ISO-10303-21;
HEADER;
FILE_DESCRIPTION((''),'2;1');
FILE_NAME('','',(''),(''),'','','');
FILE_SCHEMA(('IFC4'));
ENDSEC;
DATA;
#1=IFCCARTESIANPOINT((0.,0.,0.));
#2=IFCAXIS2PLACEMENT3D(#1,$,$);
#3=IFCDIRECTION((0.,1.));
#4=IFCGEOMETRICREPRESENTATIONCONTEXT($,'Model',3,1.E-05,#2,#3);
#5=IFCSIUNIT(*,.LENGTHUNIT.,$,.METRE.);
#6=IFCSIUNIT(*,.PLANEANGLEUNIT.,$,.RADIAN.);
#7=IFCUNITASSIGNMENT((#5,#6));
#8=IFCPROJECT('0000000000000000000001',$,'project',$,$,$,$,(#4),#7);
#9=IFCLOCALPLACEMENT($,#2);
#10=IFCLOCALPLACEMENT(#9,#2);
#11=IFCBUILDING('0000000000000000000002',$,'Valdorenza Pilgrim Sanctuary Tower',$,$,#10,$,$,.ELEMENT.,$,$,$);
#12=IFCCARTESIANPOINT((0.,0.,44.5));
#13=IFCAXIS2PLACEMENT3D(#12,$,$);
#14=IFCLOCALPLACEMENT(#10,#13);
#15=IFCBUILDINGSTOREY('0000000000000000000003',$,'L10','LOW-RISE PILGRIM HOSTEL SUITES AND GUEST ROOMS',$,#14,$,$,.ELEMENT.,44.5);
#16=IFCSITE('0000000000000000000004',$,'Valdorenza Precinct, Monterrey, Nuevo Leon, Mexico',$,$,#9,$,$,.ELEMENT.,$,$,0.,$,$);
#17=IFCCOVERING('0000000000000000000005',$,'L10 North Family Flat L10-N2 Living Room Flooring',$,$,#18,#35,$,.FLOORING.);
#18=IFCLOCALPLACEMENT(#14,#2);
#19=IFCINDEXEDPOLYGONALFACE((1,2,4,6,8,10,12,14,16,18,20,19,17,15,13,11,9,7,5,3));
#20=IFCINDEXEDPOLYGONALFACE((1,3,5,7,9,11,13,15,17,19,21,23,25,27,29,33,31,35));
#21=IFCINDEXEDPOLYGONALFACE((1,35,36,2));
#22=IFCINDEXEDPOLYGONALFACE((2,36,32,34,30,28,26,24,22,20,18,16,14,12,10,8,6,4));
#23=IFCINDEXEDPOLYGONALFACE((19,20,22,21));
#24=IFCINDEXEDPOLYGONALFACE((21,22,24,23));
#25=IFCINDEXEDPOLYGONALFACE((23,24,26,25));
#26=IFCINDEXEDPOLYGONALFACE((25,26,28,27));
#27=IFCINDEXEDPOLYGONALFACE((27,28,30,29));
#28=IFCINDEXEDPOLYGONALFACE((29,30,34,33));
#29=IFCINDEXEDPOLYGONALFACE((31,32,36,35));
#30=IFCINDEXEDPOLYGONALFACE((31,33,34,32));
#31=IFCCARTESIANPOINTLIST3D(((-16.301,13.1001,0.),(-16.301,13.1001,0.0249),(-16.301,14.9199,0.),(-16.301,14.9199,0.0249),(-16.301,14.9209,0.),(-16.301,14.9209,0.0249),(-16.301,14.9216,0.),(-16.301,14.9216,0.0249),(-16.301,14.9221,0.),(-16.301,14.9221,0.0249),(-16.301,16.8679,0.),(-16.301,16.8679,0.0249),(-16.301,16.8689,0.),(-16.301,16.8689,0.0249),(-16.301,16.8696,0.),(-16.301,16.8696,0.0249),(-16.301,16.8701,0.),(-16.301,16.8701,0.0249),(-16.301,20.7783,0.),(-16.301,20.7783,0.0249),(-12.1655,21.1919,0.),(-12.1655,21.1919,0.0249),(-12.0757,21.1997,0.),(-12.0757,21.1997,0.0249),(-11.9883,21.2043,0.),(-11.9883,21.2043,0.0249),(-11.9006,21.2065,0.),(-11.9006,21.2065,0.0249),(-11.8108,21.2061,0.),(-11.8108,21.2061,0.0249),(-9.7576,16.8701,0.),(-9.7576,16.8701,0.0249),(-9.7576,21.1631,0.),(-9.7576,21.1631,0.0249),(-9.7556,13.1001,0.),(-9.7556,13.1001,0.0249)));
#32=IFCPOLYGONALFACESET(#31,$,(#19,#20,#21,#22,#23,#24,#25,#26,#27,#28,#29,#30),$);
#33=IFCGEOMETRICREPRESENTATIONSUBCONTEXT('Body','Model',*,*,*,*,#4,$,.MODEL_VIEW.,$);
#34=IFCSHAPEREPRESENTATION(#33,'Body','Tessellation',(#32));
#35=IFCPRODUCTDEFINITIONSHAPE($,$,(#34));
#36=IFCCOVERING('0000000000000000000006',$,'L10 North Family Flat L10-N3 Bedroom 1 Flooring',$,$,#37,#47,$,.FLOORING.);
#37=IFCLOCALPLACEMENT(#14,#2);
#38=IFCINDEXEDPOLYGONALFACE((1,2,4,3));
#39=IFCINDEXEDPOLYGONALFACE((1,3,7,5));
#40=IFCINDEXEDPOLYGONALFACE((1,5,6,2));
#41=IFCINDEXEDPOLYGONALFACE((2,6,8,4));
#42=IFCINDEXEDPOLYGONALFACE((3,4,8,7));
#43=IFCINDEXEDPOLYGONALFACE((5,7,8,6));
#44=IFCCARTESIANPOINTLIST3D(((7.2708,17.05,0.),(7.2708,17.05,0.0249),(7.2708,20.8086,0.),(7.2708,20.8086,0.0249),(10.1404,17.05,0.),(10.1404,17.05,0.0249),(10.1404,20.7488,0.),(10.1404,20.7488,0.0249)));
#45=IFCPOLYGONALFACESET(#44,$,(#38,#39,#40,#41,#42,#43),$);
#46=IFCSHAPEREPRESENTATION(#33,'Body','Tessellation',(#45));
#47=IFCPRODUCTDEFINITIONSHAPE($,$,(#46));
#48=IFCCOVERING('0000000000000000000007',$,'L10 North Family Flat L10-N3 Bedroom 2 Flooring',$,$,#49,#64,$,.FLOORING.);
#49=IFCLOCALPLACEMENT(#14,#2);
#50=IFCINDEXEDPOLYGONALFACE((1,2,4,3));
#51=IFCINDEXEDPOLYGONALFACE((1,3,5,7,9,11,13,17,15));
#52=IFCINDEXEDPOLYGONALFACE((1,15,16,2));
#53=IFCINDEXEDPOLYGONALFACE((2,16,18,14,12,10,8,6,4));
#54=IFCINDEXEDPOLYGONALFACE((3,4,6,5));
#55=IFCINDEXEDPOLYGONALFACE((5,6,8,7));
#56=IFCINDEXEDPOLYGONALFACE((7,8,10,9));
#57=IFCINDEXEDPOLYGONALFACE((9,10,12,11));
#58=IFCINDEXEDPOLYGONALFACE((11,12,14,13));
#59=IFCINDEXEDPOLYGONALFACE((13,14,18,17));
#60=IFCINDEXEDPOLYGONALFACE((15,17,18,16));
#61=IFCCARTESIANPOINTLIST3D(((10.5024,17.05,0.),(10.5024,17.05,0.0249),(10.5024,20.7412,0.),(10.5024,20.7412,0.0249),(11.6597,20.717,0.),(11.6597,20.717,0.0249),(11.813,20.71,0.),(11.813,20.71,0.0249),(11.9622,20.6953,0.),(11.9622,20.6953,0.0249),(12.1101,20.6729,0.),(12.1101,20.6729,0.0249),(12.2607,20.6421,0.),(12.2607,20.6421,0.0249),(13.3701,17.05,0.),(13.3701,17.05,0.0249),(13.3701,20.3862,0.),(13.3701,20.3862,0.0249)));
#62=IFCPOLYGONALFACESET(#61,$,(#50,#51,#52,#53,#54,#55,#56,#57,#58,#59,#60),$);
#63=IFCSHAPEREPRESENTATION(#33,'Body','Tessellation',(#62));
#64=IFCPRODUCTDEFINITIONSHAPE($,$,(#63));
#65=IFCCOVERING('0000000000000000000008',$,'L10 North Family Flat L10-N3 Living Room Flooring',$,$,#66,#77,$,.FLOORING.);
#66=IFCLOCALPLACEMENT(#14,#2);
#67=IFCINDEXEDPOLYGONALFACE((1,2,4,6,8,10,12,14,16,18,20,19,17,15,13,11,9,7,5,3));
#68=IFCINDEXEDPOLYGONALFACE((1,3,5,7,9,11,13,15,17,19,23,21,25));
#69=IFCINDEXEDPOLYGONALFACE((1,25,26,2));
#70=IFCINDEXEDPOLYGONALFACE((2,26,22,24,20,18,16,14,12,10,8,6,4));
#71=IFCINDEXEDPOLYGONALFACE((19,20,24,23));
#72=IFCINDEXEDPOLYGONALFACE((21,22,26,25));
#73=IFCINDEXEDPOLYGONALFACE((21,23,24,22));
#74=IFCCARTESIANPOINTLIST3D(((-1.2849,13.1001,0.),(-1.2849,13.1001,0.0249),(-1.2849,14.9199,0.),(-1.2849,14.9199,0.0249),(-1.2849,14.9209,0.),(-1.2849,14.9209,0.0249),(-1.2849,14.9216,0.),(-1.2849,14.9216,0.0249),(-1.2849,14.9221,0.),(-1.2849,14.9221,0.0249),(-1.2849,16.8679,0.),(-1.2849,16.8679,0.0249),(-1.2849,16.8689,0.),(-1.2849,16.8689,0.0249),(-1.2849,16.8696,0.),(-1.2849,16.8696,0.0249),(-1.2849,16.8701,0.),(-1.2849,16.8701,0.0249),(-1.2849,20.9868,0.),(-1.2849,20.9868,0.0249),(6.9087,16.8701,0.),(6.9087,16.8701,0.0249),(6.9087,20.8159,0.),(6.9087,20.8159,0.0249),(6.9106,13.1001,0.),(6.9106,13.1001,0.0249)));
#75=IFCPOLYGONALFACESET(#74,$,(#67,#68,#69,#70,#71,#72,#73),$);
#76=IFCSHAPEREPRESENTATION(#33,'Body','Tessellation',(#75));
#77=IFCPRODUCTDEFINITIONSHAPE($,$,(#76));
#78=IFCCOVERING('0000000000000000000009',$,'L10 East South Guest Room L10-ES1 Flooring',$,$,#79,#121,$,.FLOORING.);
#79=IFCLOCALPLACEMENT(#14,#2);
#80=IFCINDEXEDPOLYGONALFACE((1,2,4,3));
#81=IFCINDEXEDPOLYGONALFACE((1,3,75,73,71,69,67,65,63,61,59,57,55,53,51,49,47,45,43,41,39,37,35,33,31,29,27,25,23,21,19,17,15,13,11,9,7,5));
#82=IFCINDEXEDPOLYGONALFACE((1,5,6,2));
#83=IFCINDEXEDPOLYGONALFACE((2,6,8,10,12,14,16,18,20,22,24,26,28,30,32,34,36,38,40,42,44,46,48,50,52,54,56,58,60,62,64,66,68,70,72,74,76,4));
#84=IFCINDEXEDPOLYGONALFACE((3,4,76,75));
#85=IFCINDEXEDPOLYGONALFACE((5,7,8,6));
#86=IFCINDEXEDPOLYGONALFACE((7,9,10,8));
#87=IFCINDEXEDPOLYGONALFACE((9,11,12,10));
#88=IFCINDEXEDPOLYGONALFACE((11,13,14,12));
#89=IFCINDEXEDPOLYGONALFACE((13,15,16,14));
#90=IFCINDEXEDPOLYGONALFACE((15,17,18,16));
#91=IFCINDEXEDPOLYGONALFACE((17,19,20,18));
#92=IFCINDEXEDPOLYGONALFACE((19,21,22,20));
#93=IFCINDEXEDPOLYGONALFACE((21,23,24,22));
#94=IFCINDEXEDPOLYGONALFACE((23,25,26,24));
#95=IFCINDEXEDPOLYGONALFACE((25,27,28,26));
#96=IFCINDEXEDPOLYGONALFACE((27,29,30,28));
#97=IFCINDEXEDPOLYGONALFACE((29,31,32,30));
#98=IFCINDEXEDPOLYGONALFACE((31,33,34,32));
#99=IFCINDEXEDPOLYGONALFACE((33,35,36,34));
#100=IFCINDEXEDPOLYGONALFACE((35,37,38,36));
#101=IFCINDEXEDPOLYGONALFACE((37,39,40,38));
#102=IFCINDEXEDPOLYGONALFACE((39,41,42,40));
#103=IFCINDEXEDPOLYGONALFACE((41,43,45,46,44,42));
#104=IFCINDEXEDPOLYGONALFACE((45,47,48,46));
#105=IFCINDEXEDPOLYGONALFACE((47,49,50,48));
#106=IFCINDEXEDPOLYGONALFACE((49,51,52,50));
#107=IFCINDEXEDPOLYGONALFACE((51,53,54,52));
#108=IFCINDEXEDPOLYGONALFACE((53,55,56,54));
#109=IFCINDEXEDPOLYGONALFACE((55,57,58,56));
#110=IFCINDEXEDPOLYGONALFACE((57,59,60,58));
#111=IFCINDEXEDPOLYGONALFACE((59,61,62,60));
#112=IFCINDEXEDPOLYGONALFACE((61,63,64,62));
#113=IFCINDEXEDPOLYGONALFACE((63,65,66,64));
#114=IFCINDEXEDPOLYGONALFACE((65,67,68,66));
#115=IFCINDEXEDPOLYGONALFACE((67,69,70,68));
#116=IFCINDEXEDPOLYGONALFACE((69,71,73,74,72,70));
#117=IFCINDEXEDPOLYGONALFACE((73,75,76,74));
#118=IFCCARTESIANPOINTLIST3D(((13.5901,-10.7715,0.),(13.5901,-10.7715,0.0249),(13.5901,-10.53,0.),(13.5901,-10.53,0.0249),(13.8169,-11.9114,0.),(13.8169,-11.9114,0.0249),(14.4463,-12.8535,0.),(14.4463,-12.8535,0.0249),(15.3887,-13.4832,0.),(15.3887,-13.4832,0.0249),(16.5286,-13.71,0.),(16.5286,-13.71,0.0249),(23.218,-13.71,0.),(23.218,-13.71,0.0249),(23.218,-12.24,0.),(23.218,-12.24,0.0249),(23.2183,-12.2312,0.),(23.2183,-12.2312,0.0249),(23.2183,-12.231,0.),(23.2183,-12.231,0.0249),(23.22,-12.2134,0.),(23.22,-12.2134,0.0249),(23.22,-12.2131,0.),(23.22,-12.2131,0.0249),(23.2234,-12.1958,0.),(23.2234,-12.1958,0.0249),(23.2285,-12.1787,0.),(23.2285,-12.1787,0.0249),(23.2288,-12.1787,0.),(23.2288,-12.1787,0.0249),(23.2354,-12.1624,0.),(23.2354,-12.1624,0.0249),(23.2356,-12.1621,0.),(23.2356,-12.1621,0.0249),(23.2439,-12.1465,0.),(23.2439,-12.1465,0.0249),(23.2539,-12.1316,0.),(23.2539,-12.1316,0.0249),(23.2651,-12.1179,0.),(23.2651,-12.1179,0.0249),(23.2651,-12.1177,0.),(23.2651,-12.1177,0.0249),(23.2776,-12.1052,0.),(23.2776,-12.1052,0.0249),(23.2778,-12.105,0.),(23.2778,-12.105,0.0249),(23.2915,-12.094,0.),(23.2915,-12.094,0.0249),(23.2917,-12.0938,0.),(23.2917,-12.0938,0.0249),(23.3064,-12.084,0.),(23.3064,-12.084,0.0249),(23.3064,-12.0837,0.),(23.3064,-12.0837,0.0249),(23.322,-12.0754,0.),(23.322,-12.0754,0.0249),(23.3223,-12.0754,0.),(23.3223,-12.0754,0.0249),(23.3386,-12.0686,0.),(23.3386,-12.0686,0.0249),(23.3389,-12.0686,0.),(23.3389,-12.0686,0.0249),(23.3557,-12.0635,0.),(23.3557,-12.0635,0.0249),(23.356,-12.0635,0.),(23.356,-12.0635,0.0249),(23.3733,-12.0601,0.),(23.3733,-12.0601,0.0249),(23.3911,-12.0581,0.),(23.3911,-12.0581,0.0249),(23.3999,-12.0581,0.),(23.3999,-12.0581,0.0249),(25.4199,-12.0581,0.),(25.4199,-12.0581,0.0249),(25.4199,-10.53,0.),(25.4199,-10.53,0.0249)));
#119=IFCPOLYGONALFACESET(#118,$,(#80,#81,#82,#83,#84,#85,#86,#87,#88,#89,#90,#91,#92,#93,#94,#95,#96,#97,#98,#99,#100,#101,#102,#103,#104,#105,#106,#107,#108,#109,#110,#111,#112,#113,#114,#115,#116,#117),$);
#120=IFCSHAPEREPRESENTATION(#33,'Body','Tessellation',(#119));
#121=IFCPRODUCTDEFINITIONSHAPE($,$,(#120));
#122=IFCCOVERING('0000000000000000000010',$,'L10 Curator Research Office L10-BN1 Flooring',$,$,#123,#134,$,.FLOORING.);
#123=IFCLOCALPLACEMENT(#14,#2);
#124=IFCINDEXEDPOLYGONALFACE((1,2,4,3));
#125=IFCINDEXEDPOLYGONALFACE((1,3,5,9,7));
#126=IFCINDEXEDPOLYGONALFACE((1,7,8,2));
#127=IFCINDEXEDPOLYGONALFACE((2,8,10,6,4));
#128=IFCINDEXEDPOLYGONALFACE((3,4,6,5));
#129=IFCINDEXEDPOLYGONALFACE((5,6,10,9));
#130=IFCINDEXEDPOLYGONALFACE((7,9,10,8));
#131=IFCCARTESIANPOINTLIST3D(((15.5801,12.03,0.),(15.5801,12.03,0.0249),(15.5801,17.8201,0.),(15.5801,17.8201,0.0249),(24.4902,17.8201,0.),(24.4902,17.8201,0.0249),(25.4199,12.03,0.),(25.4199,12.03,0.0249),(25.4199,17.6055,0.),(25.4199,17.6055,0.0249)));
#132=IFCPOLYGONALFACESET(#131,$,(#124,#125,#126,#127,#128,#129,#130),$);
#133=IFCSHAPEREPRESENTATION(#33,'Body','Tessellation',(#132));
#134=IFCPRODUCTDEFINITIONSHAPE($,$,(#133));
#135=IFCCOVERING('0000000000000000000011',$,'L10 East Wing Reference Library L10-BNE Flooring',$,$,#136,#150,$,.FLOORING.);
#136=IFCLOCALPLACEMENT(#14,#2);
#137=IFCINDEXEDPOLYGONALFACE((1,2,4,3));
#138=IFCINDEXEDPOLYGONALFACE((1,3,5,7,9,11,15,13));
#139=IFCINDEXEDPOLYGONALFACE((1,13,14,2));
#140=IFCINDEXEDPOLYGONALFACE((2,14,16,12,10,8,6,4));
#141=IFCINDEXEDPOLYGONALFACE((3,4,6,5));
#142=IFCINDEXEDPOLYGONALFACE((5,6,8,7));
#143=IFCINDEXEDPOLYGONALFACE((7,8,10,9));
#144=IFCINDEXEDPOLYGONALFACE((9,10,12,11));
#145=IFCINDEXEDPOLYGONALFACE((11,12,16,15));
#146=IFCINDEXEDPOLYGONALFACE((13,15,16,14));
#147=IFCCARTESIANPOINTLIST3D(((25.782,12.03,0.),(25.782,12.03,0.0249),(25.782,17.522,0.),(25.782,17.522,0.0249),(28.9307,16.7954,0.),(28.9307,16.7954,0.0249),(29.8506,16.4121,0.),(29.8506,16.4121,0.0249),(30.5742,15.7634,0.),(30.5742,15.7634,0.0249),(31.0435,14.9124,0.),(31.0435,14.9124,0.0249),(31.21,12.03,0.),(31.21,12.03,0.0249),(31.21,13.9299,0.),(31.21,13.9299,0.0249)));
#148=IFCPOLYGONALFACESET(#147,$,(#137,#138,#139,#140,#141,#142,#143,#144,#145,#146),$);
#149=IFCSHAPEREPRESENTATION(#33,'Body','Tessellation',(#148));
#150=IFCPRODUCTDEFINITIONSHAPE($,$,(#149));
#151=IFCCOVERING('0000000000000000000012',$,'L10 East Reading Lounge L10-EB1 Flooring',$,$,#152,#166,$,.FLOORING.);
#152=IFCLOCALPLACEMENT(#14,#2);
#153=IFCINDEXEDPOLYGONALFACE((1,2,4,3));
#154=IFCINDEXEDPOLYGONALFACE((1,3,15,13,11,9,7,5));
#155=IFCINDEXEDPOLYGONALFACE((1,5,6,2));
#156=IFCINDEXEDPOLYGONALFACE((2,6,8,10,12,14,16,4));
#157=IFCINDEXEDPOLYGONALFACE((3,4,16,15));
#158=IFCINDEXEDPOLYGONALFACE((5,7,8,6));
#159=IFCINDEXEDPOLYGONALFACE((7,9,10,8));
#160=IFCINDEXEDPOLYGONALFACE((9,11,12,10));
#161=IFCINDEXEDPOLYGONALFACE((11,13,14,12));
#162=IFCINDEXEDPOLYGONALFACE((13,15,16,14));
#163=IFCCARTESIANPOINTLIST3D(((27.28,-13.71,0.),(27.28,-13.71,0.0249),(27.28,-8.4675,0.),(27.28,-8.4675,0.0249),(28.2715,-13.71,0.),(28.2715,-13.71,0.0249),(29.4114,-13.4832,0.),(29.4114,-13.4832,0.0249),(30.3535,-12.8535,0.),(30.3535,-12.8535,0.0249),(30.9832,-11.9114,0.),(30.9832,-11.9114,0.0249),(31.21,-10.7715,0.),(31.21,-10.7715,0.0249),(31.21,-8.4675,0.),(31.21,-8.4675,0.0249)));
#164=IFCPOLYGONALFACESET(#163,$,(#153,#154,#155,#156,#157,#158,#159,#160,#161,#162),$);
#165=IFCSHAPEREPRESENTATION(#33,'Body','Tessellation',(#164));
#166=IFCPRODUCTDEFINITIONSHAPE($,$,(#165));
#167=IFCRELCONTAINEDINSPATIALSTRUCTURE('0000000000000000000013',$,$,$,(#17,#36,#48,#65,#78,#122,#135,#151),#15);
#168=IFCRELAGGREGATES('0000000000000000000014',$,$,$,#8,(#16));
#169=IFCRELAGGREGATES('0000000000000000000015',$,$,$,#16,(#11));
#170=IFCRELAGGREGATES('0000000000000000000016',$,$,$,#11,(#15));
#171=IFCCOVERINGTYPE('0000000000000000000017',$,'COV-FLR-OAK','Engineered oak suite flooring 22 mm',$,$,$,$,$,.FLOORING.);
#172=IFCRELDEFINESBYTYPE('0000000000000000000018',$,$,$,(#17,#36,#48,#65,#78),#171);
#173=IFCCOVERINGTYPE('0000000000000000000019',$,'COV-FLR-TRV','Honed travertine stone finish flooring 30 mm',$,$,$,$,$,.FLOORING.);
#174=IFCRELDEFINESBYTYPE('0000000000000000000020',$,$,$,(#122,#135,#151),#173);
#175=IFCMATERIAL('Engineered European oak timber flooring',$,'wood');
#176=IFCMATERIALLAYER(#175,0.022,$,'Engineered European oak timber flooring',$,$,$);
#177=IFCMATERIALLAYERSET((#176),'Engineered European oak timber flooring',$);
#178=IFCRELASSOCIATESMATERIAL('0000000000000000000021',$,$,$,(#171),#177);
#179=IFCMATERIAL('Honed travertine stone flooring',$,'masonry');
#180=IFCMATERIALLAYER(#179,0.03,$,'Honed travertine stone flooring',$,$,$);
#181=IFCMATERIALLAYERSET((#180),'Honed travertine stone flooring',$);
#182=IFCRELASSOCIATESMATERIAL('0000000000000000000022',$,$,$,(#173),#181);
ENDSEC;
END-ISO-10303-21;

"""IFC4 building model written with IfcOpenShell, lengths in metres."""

from ifc_helpers import new_model, si_unit, direction, frame, origin, place, context, subcontext, project, spatial, polyline, outline, extrude, material, layer, layer_set, type_object, element, save


model = new_model("IFC4")

# Units and contexts
model_context = context("Model", 3, precision=1e-05, world=origin(), true_north=direction((0.0, 1.0)))
body_context = subcontext(model_context, "Body", "Model", "MODEL_VIEW")
ifc_project = project(units=[si_unit("LENGTHUNIT", "METRE"), si_unit("PLANEANGLEUNIT", "RADIAN")], contexts=[model_context])

# Site, building, storey
site_placement = place(None, origin())
site = spatial("IfcSite", under=ifc_project, at=site_placement, Name="Valdorenza Precinct, Monterrey, Nuevo Leon, Mexico", CompositionType="ELEMENT", RefElevation=0.0)
building_placement = place(site_placement, origin())
building = spatial("IfcBuilding", under=site, at=building_placement, Name="Valdorenza Pilgrim Sanctuary Tower", CompositionType="ELEMENT")
storey_placement = place(building_placement, frame((0.0, 0.0, 44.5)))
storey = spatial("IfcBuildingStorey", under=building, at=storey_placement, Name="L10", Description="LOW-RISE PILGRIM HOSTEL SUITES AND GUEST ROOMS", CompositionType="ELEMENT", Elevation=44.5)

# Coverings
ifc_material_1 = material(Name="Engineered European oak timber flooring", Category="wood")
ifc_layer_1 = layer(ifc_material_1, 0.022, Name="Engineered European oak timber flooring")
ifc_layer_set_1 = layer_set([ifc_layer_1], Name="Engineered European oak timber flooring")
covering_type_1 = type_object("IfcCoveringType", Name="COV-FLR-OAK", Description="Engineered oak suite flooring 22 mm", PredefinedType="FLOORING", material=ifc_layer_set_1)
covering_1_placement = place(storey_placement, origin())
element("IfcCovering", 1, at=covering_1_placement, inside=storey, type_object=covering_type_1, Name="L10 North Family Flat L10-N2 Living Room Flooring", PredefinedType="FLOORING", context=body_context, shape_type="SweptSolid", body=[
    extrude(outline(polyline([(-16.301, 14.9216), (-16.301, 14.9221), (-16.301, 16.8679), (-16.301, 16.8689), (-16.301, 16.8696), (-16.301, 16.8701), (-16.301, 20.7783), (-12.1655, 21.1919), (-12.0757, 21.1997), (-11.9883, 21.2043), (-11.9006, 21.2065), (-11.8108, 21.2061), (-9.7576, 21.1631), (-9.7576, 16.8701), (-9.7556, 13.1001), (-16.301, 13.1001), (-16.301, 14.9199), (-16.301, 14.9209), (-16.301, 14.9216)])), origin(), (0.0, 0.0, 1.0), 0.0249),
])
covering_2_placement = place(storey_placement, origin())
element("IfcCovering", 2, at=covering_2_placement, inside=storey, type_object=covering_type_1, Name="L10 North Family Flat L10-N3 Bedroom 1 Flooring", PredefinedType="FLOORING", context=body_context, shape_type="SweptSolid", body=[
    extrude(outline(polyline([(7.2708, 17.05), (7.2708, 20.8086), (10.1404, 20.7488), (10.1404, 17.05), (7.2708, 17.05)])), origin(), (0.0, 0.0, 1.0), 0.0249),
])
covering_3_placement = place(storey_placement, origin())
element("IfcCovering", 3, at=covering_3_placement, inside=storey, type_object=covering_type_1, Name="L10 North Family Flat L10-N3 Bedroom 2 Flooring", PredefinedType="FLOORING", context=body_context, shape_type="SweptSolid", body=[
    extrude(outline(polyline([(10.5024, 17.05), (10.5024, 20.7412), (11.6597, 20.717), (11.813, 20.71), (11.9622, 20.6953), (12.1101, 20.6729), (12.2607, 20.6421), (13.3701, 20.3862), (13.3701, 17.05), (10.5024, 17.05)])), origin(), (0.0, 0.0, 1.0), 0.0249),
])
covering_4_placement = place(storey_placement, origin())
element("IfcCovering", 4, at=covering_4_placement, inside=storey, type_object=covering_type_1, Name="L10 North Family Flat L10-N3 Living Room Flooring", PredefinedType="FLOORING", context=body_context, shape_type="SweptSolid", body=[
    extrude(outline(polyline([(-1.2849, 14.9216), (-1.2849, 14.9221), (-1.2849, 16.8679), (-1.2849, 16.8689), (-1.2849, 16.8696), (-1.2849, 16.8701), (-1.2849, 20.9868), (6.9087, 20.8159), (6.9087, 16.8701), (6.9106, 13.1001), (-1.2849, 13.1001), (-1.2849, 14.9199), (-1.2849, 14.9209), (-1.2849, 14.9216)])), origin(), (0.0, 0.0, 1.0), 0.0249),
])
covering_5_placement = place(storey_placement, origin())
element("IfcCovering", 5, at=covering_5_placement, inside=storey, type_object=covering_type_1, Name="L10 East South Guest Room L10-ES1 Flooring", PredefinedType="FLOORING", context=body_context, shape_type="SweptSolid", body=[
    extrude(outline(polyline([(25.4199, -10.53), (25.4199, -12.0581), (23.3999, -12.0581), (23.3911, -12.0581), (23.3911, -12.0581), (23.3733, -12.0601), (23.3733, -12.0601), (23.356, -12.0635), (23.3557, -12.0635), (23.3389, -12.0686), (23.3386, -12.0686), (23.3223, -12.0754), (23.322, -12.0754), (23.3064, -12.0837), (23.3064, -12.084), (23.2917, -12.0938), (23.2915, -12.094), (23.2778, -12.105), (23.2776, -12.1052), (23.2651, -12.1177), (23.2651, -12.1179), (23.2539, -12.1316), (23.2539, -12.1316), (23.2439, -12.1465), (23.2439, -12.1465), (23.2356, -12.1621), (23.2354, -12.1624), (23.2288, -12.1787), (23.2285, -12.1787), (23.2234, -12.1958), (23.2234, -12.1958), (23.22, -12.2131), (23.22, -12.2134), (23.2183, -12.231), (23.2183, -12.2312), (23.218, -12.24), (23.218, -13.71), (16.5286, -13.71), (15.3887, -13.4832), (14.4463, -12.8535), (13.8169, -11.9114), (13.5901, -10.7715), (13.5901, -10.53), (25.4199, -10.53)])), origin(), (0.0, 0.0, 1.0), 0.0249),
])
ifc_material_2 = material(Name="Honed travertine stone flooring", Category="masonry")
ifc_layer_2 = layer(ifc_material_2, 0.03, Name="Honed travertine stone flooring")
ifc_layer_set_2 = layer_set([ifc_layer_2], Name="Honed travertine stone flooring")
covering_type_2 = type_object("IfcCoveringType", Name="COV-FLR-TRV", Description="Honed travertine stone finish flooring 30 mm", PredefinedType="FLOORING", material=ifc_layer_set_2)
covering_6_placement = place(storey_placement, origin())
element("IfcCovering", 6, at=covering_6_placement, inside=storey, type_object=covering_type_2, Name="L10 Curator Research Office L10-BN1 Flooring", PredefinedType="FLOORING", context=body_context, shape_type="SweptSolid", body=[
    extrude(outline(polyline([(15.5801, 12.03), (15.5801, 17.8201), (24.4902, 17.8201), (25.4199, 17.6055), (25.4199, 12.03), (15.5801, 12.03)])), origin(), (0.0, 0.0, 1.0), 0.0249),
])
covering_7_placement = place(storey_placement, origin())
element("IfcCovering", 7, at=covering_7_placement, inside=storey, type_object=covering_type_2, Name="L10 East Wing Reference Library L10-BNE Flooring", PredefinedType="FLOORING", context=body_context, shape_type="SweptSolid", body=[
    extrude(outline(polyline([(28.9307, 16.7954), (29.8506, 16.4121), (30.5742, 15.7634), (31.0435, 14.9124), (31.21, 13.9299), (31.21, 12.03), (25.782, 12.03), (25.782, 17.522), (28.9307, 16.7954)])), origin(), (0.0, 0.0, 1.0), 0.0249),
])
covering_8_placement = place(storey_placement, origin())
element("IfcCovering", 8, at=covering_8_placement, inside=storey, type_object=covering_type_2, Name="L10 East Reading Lounge L10-EB1 Flooring", PredefinedType="FLOORING", context=body_context, shape_type="SweptSolid", body=[
    extrude(outline(polyline([(31.21, -8.4675), (31.21, -10.7715), (30.9832, -11.9114), (30.3535, -12.8535), (29.4114, -13.4832), (28.2715, -13.71), (27.28, -13.71), (27.28, -8.4675), (31.21, -8.4675)])), origin(), (0.0, 0.0, 1.0), 0.0249),
])

save(model, "model.ifc")
